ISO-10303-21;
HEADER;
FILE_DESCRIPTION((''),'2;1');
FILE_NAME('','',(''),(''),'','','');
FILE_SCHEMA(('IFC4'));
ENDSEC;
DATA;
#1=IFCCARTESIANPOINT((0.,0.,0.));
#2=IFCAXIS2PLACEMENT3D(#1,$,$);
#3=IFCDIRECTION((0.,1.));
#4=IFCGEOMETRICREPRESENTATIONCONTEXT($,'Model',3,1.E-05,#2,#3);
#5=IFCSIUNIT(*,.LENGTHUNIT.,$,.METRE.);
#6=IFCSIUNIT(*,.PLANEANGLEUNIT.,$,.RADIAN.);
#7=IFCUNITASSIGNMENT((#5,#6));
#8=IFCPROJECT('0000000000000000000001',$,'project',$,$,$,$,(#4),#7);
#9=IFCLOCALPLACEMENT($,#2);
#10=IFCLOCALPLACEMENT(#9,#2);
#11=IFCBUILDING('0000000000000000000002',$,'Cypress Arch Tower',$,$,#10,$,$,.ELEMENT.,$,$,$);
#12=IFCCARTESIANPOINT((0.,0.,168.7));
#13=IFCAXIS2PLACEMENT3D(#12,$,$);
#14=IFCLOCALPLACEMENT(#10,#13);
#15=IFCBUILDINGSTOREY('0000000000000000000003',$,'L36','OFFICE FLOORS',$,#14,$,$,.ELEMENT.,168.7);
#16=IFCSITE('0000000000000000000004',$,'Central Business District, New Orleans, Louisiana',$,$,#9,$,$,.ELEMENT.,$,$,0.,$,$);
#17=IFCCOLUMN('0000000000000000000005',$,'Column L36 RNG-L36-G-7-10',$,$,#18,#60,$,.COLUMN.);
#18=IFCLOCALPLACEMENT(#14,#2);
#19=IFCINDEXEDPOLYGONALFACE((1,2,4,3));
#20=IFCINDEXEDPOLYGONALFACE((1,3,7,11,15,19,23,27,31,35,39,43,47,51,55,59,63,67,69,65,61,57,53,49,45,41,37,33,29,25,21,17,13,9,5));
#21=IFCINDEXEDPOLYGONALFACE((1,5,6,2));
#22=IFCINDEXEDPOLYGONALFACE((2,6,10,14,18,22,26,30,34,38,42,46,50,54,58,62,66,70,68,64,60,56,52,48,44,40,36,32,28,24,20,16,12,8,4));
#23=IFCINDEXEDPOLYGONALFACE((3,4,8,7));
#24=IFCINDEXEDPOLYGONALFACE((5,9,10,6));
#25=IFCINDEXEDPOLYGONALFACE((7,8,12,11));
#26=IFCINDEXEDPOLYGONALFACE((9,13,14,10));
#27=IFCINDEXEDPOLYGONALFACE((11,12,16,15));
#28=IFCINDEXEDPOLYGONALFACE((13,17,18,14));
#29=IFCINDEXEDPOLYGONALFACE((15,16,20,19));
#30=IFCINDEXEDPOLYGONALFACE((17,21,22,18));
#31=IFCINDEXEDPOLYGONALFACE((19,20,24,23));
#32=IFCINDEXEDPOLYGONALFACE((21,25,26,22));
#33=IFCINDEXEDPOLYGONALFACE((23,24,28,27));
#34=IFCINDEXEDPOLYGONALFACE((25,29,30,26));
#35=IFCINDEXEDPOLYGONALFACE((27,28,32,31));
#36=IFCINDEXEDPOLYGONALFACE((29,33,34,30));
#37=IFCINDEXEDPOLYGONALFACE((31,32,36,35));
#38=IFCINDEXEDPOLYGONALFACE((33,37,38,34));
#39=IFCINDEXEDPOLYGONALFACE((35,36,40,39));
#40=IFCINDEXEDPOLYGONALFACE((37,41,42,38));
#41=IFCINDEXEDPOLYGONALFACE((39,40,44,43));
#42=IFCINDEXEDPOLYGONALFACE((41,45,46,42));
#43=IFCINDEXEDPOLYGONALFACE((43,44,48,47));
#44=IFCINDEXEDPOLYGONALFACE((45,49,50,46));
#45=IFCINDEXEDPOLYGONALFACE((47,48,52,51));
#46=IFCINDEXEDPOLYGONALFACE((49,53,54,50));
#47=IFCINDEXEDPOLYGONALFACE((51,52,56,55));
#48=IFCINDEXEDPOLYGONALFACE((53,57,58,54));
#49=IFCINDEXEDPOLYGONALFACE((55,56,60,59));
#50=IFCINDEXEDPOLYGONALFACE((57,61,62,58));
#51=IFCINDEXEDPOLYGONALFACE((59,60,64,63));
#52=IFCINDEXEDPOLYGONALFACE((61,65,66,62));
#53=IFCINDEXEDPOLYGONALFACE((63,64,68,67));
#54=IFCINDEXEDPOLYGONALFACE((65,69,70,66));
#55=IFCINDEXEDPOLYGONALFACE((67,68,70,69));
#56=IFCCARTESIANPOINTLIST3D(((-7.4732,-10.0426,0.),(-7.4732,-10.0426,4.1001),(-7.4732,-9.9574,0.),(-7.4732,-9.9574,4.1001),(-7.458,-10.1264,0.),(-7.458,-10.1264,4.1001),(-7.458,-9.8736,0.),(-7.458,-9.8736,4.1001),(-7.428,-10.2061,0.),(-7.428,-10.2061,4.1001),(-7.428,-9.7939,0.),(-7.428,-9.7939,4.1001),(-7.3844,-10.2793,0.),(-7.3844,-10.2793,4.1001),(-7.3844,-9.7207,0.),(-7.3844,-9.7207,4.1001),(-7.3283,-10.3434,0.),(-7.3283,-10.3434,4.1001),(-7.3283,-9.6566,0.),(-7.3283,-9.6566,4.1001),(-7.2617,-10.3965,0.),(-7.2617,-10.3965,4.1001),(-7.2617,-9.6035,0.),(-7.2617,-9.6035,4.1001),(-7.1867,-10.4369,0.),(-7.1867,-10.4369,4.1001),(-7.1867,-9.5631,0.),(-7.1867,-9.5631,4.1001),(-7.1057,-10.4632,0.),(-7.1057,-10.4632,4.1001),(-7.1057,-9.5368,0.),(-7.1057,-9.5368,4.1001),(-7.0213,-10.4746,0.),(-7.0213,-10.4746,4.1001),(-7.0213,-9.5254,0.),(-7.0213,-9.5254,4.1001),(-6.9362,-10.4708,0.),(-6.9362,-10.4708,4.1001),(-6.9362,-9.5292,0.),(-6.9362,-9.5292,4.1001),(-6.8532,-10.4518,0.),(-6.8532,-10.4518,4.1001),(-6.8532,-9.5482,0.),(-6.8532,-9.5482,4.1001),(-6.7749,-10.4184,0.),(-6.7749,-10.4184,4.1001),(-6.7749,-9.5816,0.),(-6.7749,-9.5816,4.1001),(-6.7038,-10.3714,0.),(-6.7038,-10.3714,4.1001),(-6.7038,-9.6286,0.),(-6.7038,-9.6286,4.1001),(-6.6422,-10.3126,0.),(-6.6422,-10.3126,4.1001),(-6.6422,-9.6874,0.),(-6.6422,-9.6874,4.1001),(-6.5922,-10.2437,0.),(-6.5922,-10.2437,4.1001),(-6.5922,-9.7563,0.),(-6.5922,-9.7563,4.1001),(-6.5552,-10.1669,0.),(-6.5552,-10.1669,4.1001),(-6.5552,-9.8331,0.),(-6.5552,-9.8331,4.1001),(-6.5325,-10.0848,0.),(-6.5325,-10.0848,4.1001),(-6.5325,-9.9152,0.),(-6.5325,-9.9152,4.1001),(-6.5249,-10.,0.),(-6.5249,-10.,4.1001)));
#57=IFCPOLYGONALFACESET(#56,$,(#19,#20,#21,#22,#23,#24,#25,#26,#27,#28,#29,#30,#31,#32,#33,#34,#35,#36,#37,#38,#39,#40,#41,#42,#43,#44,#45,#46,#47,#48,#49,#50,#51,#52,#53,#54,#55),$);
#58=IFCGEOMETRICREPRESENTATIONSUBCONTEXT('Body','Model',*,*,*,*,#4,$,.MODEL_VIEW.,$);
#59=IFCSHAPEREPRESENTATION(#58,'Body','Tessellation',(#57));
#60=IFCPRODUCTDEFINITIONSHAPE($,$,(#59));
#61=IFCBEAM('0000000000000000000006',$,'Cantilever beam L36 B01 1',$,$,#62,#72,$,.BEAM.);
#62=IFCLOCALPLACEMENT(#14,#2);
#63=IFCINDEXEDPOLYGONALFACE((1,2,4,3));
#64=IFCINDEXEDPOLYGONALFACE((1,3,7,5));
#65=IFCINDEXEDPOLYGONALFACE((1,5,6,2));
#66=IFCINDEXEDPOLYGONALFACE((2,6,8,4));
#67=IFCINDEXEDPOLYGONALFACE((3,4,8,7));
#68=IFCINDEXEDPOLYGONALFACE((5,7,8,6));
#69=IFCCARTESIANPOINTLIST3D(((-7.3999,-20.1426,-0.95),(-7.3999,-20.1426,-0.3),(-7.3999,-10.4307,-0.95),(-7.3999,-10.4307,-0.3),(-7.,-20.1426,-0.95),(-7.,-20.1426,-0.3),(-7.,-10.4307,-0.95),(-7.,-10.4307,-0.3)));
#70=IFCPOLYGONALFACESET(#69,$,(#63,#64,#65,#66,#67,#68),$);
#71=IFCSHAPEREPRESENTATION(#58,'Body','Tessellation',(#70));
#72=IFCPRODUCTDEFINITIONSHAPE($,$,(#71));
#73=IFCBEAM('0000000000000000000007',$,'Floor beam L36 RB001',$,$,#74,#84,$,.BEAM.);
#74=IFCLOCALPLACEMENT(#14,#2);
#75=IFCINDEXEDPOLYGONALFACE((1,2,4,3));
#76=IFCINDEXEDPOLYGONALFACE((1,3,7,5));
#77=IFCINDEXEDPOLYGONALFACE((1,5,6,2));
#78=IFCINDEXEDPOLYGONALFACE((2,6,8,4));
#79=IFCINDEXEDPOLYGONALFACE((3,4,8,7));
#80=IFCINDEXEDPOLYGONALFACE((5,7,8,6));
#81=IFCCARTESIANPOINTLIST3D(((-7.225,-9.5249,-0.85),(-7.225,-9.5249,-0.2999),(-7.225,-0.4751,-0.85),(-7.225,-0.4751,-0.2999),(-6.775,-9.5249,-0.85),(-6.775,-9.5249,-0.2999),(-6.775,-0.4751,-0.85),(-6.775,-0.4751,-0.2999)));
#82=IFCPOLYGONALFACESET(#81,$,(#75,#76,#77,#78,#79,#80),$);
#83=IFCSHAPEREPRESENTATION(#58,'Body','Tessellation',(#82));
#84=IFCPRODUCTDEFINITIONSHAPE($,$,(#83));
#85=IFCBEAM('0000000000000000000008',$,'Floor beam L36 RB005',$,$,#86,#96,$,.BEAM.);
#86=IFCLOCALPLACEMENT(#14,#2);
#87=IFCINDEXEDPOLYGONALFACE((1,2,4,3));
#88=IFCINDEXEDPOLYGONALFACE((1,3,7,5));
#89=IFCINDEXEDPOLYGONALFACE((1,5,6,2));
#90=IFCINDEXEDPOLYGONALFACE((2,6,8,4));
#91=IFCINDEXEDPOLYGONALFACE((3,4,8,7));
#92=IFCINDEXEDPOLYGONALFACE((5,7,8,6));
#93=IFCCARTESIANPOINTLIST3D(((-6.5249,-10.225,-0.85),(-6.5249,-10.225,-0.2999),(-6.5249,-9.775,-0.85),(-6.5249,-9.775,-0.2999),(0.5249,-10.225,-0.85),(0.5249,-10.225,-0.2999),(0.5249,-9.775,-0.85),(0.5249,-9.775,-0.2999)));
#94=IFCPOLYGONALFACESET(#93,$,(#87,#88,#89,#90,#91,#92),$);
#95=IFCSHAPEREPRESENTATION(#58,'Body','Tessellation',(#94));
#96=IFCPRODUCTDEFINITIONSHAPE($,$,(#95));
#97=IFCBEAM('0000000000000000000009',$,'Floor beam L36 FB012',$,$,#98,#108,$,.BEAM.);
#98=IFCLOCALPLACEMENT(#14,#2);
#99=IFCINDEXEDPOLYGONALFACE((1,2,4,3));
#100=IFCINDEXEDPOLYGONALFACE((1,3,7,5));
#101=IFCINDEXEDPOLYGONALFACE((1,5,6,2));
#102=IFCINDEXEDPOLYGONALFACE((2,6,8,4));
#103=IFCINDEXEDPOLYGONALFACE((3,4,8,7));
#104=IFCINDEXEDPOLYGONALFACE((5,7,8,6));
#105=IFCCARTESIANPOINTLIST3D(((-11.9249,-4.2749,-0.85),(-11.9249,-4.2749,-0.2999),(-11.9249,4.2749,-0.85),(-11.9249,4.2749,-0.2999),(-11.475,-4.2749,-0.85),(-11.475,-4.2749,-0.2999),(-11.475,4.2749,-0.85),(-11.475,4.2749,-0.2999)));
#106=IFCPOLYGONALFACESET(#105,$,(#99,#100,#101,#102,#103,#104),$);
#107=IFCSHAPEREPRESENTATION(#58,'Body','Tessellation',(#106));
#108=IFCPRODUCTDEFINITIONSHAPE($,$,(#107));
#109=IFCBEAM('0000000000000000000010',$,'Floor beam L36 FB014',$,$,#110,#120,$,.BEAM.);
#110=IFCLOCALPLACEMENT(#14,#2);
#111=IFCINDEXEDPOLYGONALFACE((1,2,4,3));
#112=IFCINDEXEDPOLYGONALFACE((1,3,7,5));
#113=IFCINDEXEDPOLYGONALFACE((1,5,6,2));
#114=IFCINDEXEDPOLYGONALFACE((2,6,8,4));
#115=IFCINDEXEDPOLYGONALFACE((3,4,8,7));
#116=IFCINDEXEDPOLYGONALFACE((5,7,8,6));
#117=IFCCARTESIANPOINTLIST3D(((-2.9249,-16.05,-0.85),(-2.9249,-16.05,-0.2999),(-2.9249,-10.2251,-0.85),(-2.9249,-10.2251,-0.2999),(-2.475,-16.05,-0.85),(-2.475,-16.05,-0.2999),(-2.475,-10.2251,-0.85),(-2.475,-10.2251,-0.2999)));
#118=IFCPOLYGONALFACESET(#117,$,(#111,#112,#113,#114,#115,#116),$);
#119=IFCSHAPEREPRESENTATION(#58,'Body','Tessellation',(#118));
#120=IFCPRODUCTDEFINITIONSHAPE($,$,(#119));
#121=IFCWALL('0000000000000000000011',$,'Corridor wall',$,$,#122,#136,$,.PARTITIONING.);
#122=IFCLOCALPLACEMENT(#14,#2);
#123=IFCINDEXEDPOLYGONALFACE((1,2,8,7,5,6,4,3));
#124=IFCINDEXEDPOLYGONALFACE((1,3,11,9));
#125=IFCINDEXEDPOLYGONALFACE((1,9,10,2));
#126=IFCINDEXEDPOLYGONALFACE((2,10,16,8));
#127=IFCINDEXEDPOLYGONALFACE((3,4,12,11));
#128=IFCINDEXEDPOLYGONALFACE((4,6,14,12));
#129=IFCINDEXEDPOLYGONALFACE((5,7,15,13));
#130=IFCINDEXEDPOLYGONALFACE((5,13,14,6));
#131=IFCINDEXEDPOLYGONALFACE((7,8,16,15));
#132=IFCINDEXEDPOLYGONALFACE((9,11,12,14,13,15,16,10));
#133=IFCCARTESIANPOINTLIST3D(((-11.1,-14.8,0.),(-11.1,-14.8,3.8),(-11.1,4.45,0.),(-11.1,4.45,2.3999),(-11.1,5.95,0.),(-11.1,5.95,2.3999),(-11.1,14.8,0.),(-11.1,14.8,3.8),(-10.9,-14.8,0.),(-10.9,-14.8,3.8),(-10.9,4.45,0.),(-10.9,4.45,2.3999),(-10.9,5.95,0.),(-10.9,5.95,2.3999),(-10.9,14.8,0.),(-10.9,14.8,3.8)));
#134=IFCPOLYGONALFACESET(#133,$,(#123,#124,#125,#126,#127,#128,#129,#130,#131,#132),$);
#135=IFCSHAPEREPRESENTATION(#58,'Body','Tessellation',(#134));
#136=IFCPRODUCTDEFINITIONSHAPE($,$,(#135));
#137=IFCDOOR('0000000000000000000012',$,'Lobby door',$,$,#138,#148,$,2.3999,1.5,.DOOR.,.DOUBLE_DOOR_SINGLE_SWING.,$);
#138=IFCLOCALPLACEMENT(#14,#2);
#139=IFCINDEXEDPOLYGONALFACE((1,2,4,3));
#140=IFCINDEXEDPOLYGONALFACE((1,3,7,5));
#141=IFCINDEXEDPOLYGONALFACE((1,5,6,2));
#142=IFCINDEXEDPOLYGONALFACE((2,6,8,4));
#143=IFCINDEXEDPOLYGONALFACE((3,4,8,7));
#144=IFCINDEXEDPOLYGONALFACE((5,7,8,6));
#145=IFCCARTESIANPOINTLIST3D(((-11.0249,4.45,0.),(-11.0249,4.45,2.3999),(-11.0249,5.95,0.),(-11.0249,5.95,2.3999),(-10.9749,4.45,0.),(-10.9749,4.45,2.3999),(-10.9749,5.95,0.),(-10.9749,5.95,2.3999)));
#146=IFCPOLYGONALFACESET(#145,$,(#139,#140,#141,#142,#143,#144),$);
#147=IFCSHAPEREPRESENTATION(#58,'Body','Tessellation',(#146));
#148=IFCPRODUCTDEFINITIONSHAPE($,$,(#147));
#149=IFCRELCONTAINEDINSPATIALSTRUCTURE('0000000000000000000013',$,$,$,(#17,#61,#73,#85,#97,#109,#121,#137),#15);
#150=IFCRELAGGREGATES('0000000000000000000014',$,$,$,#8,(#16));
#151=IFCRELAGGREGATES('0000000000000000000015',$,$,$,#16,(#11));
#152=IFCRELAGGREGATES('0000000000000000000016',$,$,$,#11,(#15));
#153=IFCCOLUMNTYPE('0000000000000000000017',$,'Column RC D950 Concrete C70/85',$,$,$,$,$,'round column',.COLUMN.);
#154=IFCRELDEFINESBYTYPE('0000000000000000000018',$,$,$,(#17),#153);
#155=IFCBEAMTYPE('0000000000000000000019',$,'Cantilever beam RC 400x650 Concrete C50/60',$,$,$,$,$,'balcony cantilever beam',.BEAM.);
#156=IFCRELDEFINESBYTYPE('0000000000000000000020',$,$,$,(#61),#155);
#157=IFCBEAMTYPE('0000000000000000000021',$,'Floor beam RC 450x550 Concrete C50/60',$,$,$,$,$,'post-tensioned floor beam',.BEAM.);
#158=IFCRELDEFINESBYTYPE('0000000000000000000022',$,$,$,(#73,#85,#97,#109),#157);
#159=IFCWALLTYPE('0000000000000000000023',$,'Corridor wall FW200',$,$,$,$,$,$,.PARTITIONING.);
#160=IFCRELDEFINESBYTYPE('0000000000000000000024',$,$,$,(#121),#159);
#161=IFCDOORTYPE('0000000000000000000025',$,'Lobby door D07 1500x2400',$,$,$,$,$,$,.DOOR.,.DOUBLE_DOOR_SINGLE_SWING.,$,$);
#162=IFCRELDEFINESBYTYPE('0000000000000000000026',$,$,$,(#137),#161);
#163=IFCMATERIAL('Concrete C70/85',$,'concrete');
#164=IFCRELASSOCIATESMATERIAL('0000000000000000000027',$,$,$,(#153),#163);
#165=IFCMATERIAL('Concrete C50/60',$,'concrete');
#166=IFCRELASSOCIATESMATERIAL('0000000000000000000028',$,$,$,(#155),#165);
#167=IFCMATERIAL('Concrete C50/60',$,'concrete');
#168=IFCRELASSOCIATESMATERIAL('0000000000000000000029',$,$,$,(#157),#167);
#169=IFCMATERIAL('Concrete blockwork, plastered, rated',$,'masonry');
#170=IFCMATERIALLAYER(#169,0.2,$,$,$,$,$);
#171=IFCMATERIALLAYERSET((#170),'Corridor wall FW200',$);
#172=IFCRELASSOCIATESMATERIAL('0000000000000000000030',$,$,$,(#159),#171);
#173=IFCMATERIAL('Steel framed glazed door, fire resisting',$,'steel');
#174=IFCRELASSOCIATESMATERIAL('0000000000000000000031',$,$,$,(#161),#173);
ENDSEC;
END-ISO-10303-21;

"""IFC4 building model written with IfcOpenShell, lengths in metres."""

from ifc_helpers import new_model, si_unit, direction, frame, frame_2d, origin, origin_2d, place, context, subcontext, project, spatial, rectangle, circle, extrude, material, layer, layer_set, material_profile, profile_set, type_object, element, fill, save


model = new_model("IFC4")

# Units and contexts
model_context = context("Model", 3, precision=1e-05, world=origin(), true_north=direction((0.0, 1.0)))
body_context = subcontext(model_context, "Body", "Model", "MODEL_VIEW")
ifc_project = project(units=[si_unit("LENGTHUNIT", "METRE"), si_unit("PLANEANGLEUNIT", "RADIAN")], contexts=[model_context])

# Site, building, storey
site_placement = place(None, origin())
site = spatial("IfcSite", under=ifc_project, at=site_placement, Name="Central Business District, New Orleans, Louisiana", CompositionType="ELEMENT", RefElevation=0.0)
building_placement = place(site_placement, origin())
building = spatial("IfcBuilding", under=site, at=building_placement, Name="Cypress Arch Tower", CompositionType="ELEMENT")
storey_placement = place(building_placement, frame((0.0, 0.0, 168.7)))
storey = spatial("IfcBuildingStorey", under=building, at=storey_placement, Name="L36", Description="OFFICE FLOORS", CompositionType="ELEMENT", Elevation=168.7)

# Column
ifc_material_1 = material(Name="Concrete C70/85", Category="concrete")
ifc_material_profile_1 = material_profile(ifc_material_1, circle(Radius=0.4751, at=origin_2d()), Name="RC D950")
ifc_profile_set_1 = profile_set([ifc_material_profile_1], Name="Concrete C70/85")
column_type = type_object("IfcColumnType", Name="Column RC D950 Concrete C70/85", ElementType="round column", PredefinedType="COLUMN", material=ifc_profile_set_1)
column_placement = place(storey_placement, frame((-7.0, -10.0, 0.0), z_axis=(0.0, 0.0, 1.0), x_axis=(1.0, 0.0, 0.0)))
element("IfcColumn", 1, at=column_placement, inside=storey, type_object=column_type, Name="Column L36 RNG-L36-G-7-10", PredefinedType="COLUMN", context=body_context, shape_type="SweptSolid", body=[
    extrude(circle(Radius=0.4751, at=origin_2d()), origin(), (0.0, 0.0, 1.0), 4.1001),
])

# Beams
ifc_material_2 = material(Name="Concrete C50/60", Category="concrete")
ifc_material_profile_2 = material_profile(ifc_material_2, rectangle(XDim=0.3999, YDim=0.6499, at=origin_2d()), Name="RC 400x650")
ifc_profile_set_2 = profile_set([ifc_material_profile_2], Name="Concrete C50/60")
beam_type_1 = type_object("IfcBeamType", Name="Cantilever beam RC 400x650 Concrete C50/60", ElementType="balcony cantilever beam", PredefinedType="BEAM", material=ifc_profile_set_2)
beam_1_placement = place(storey_placement, frame((-7.2, -10.4307, -0.625), z_axis=(0.0, -1.0, 0.0), x_axis=(1.0, 0.0, 0.0)))
element("IfcBeam", 2, at=beam_1_placement, inside=storey, type_object=beam_type_1, Name="Cantilever beam L36 B01 1", PredefinedType="BEAM", context=body_context, shape_type="SweptSolid", body=[
    extrude(rectangle(XDim=0.3999, YDim=0.6499, at=origin_2d()), origin(), (0.0, 0.0, 1.0), 9.7119),
])
ifc_material_3 = material(Name="Concrete C50/60", Category="concrete")
ifc_material_profile_3 = material_profile(ifc_material_3, rectangle(XDim=0.45, YDim=0.55, at=origin_2d()), Name="RC 450x550")
ifc_profile_set_3 = profile_set([ifc_material_profile_3], Name="Concrete C50/60")
beam_type_2 = type_object("IfcBeamType", Name="Floor beam RC 450x550 Concrete C50/60", ElementType="post-tensioned floor beam", PredefinedType="BEAM", material=ifc_profile_set_3)
beam_2_placement = place(storey_placement, frame((-7.0, -9.5249, -0.575), z_axis=(0.0, 1.0, 0.0), x_axis=(-1.0, 0.0, 0.0)))
element("IfcBeam", 3, at=beam_2_placement, inside=storey, type_object=beam_type_2, Name="Floor beam L36 RB001", PredefinedType="BEAM", context=body_context, shape_type="SweptSolid", body=[
    extrude(rectangle(XDim=0.45, YDim=0.55, at=origin_2d()), origin(), (0.0, 0.0, 1.0), 9.0498),
])
beam_3_placement = place(storey_placement, frame((-6.5249, -10.0, -0.575), z_axis=(1.0, 0.0, 0.0), x_axis=(0.0, 1.0, 0.0)))
element("IfcBeam", 4, at=beam_3_placement, inside=storey, type_object=beam_type_2, Name="Floor beam L36 RB005", PredefinedType="BEAM", context=body_context, shape_type="SweptSolid", body=[
    extrude(rectangle(XDim=0.45, YDim=0.55, at=origin_2d()), origin(), (0.0, 0.0, 1.0), 7.0498),
])
beam_4_placement = place(storey_placement, frame((-11.7, -4.2749, -0.575), z_axis=(0.0, 1.0, 0.0), x_axis=(-1.0, 0.0, 0.0)))
element("IfcBeam", 5, at=beam_4_placement, inside=storey, type_object=beam_type_2, Name="Floor beam L36 FB012", PredefinedType="BEAM", context=body_context, shape_type="SweptSolid", body=[
    extrude(rectangle(XDim=0.45, YDim=0.55, at=origin_2d()), origin(), (0.0, 0.0, 1.0), 8.5498),
])
beam_5_placement = place(storey_placement, frame((-2.7, -16.05, -0.575), z_axis=(0.0, 1.0, 0.0), x_axis=(-1.0, 0.0, 0.0)))
element("IfcBeam", 6, at=beam_5_placement, inside=storey, type_object=beam_type_2, Name="Floor beam L36 FB014", PredefinedType="BEAM", context=body_context, shape_type="SweptSolid", body=[
    extrude(rectangle(XDim=0.45, YDim=0.55, at=origin_2d()), origin(), (0.0, 0.0, 1.0), 5.825),
])

# Shared definitions
ifc_material_4 = material(Name="Concrete blockwork, plastered, rated", Category="masonry")
ifc_layer = layer(ifc_material_4, 0.2)
ifc_layer_set = layer_set([ifc_layer], Name="Corridor wall FW200")
wall_type = type_object("IfcWallType", Name="Corridor wall FW200", PredefinedType="PARTITIONING", material=ifc_layer_set)

# Wall, opening, door
wall_1_placement = place(storey_placement, frame((-11.0, -14.8, 0.0), z_axis=(0.0, 0.0, 1.0), x_axis=(0.0, 1.0, 0.0)))
wall_1 = element("IfcWall", 7, at=wall_1_placement, inside=storey, type_object=wall_type, Name="Corridor wall", PredefinedType="PARTITIONING", context=body_context, shape_type="SweptSolid", body=[
    extrude(rectangle(XDim=29.6001, YDim=0.2, at=frame_2d((14.8, 0.0))), origin(), (0.0, 0.0, 1.0), 3.8),
])
opening_1_placement = place(wall_1_placement, frame((19.25, 0.0, 0.0)))
opening_1 = element("IfcOpeningElement", 8, at=opening_1_placement, cuts=wall_1, PredefinedType="OPENING", context=body_context, shape_type="SweptSolid", body=[
    extrude(rectangle(XDim=1.5, YDim=2.3999, at=frame_2d((0.75, 1.2))), frame((0.0, 0.1099, 0.0), z_axis=(0.0, -1.0, 0.0), x_axis=(1.0, 0.0, 0.0)), (0.0, 0.0, 1.0), 0.22),
])
ifc_material_5 = material(Name="Steel framed glazed door, fire resisting", Category="steel")
door_type_1 = type_object("IfcDoorType", Name="Lobby door D07 1500x2400", OperationType="DOUBLE_DOOR_SINGLE_SWING", PredefinedType="DOOR", material=ifc_material_5)
door_1_placement = place(opening_1_placement, origin())
door_1 = element("IfcDoor", 9, at=door_1_placement, inside=storey, type_object=door_type_1, Name="Lobby door", OperationType="DOUBLE_DOOR_SINGLE_SWING", OverallHeight=2.3999, OverallWidth=1.5, PredefinedType="DOOR", context=body_context, shape_type="SweptSolid", body=[
    extrude(rectangle(XDim=1.5, YDim=2.3999, at=frame_2d((0.75, 1.2))), frame((0.0, 0.0249, 0.0), z_axis=(0.0, -1.0, 0.0), x_axis=(1.0, 0.0, 0.0)), (0.0, 0.0, 1.0), 0.05),
])
fill(opening_1, door_1)

save(model, "model.ifc")
